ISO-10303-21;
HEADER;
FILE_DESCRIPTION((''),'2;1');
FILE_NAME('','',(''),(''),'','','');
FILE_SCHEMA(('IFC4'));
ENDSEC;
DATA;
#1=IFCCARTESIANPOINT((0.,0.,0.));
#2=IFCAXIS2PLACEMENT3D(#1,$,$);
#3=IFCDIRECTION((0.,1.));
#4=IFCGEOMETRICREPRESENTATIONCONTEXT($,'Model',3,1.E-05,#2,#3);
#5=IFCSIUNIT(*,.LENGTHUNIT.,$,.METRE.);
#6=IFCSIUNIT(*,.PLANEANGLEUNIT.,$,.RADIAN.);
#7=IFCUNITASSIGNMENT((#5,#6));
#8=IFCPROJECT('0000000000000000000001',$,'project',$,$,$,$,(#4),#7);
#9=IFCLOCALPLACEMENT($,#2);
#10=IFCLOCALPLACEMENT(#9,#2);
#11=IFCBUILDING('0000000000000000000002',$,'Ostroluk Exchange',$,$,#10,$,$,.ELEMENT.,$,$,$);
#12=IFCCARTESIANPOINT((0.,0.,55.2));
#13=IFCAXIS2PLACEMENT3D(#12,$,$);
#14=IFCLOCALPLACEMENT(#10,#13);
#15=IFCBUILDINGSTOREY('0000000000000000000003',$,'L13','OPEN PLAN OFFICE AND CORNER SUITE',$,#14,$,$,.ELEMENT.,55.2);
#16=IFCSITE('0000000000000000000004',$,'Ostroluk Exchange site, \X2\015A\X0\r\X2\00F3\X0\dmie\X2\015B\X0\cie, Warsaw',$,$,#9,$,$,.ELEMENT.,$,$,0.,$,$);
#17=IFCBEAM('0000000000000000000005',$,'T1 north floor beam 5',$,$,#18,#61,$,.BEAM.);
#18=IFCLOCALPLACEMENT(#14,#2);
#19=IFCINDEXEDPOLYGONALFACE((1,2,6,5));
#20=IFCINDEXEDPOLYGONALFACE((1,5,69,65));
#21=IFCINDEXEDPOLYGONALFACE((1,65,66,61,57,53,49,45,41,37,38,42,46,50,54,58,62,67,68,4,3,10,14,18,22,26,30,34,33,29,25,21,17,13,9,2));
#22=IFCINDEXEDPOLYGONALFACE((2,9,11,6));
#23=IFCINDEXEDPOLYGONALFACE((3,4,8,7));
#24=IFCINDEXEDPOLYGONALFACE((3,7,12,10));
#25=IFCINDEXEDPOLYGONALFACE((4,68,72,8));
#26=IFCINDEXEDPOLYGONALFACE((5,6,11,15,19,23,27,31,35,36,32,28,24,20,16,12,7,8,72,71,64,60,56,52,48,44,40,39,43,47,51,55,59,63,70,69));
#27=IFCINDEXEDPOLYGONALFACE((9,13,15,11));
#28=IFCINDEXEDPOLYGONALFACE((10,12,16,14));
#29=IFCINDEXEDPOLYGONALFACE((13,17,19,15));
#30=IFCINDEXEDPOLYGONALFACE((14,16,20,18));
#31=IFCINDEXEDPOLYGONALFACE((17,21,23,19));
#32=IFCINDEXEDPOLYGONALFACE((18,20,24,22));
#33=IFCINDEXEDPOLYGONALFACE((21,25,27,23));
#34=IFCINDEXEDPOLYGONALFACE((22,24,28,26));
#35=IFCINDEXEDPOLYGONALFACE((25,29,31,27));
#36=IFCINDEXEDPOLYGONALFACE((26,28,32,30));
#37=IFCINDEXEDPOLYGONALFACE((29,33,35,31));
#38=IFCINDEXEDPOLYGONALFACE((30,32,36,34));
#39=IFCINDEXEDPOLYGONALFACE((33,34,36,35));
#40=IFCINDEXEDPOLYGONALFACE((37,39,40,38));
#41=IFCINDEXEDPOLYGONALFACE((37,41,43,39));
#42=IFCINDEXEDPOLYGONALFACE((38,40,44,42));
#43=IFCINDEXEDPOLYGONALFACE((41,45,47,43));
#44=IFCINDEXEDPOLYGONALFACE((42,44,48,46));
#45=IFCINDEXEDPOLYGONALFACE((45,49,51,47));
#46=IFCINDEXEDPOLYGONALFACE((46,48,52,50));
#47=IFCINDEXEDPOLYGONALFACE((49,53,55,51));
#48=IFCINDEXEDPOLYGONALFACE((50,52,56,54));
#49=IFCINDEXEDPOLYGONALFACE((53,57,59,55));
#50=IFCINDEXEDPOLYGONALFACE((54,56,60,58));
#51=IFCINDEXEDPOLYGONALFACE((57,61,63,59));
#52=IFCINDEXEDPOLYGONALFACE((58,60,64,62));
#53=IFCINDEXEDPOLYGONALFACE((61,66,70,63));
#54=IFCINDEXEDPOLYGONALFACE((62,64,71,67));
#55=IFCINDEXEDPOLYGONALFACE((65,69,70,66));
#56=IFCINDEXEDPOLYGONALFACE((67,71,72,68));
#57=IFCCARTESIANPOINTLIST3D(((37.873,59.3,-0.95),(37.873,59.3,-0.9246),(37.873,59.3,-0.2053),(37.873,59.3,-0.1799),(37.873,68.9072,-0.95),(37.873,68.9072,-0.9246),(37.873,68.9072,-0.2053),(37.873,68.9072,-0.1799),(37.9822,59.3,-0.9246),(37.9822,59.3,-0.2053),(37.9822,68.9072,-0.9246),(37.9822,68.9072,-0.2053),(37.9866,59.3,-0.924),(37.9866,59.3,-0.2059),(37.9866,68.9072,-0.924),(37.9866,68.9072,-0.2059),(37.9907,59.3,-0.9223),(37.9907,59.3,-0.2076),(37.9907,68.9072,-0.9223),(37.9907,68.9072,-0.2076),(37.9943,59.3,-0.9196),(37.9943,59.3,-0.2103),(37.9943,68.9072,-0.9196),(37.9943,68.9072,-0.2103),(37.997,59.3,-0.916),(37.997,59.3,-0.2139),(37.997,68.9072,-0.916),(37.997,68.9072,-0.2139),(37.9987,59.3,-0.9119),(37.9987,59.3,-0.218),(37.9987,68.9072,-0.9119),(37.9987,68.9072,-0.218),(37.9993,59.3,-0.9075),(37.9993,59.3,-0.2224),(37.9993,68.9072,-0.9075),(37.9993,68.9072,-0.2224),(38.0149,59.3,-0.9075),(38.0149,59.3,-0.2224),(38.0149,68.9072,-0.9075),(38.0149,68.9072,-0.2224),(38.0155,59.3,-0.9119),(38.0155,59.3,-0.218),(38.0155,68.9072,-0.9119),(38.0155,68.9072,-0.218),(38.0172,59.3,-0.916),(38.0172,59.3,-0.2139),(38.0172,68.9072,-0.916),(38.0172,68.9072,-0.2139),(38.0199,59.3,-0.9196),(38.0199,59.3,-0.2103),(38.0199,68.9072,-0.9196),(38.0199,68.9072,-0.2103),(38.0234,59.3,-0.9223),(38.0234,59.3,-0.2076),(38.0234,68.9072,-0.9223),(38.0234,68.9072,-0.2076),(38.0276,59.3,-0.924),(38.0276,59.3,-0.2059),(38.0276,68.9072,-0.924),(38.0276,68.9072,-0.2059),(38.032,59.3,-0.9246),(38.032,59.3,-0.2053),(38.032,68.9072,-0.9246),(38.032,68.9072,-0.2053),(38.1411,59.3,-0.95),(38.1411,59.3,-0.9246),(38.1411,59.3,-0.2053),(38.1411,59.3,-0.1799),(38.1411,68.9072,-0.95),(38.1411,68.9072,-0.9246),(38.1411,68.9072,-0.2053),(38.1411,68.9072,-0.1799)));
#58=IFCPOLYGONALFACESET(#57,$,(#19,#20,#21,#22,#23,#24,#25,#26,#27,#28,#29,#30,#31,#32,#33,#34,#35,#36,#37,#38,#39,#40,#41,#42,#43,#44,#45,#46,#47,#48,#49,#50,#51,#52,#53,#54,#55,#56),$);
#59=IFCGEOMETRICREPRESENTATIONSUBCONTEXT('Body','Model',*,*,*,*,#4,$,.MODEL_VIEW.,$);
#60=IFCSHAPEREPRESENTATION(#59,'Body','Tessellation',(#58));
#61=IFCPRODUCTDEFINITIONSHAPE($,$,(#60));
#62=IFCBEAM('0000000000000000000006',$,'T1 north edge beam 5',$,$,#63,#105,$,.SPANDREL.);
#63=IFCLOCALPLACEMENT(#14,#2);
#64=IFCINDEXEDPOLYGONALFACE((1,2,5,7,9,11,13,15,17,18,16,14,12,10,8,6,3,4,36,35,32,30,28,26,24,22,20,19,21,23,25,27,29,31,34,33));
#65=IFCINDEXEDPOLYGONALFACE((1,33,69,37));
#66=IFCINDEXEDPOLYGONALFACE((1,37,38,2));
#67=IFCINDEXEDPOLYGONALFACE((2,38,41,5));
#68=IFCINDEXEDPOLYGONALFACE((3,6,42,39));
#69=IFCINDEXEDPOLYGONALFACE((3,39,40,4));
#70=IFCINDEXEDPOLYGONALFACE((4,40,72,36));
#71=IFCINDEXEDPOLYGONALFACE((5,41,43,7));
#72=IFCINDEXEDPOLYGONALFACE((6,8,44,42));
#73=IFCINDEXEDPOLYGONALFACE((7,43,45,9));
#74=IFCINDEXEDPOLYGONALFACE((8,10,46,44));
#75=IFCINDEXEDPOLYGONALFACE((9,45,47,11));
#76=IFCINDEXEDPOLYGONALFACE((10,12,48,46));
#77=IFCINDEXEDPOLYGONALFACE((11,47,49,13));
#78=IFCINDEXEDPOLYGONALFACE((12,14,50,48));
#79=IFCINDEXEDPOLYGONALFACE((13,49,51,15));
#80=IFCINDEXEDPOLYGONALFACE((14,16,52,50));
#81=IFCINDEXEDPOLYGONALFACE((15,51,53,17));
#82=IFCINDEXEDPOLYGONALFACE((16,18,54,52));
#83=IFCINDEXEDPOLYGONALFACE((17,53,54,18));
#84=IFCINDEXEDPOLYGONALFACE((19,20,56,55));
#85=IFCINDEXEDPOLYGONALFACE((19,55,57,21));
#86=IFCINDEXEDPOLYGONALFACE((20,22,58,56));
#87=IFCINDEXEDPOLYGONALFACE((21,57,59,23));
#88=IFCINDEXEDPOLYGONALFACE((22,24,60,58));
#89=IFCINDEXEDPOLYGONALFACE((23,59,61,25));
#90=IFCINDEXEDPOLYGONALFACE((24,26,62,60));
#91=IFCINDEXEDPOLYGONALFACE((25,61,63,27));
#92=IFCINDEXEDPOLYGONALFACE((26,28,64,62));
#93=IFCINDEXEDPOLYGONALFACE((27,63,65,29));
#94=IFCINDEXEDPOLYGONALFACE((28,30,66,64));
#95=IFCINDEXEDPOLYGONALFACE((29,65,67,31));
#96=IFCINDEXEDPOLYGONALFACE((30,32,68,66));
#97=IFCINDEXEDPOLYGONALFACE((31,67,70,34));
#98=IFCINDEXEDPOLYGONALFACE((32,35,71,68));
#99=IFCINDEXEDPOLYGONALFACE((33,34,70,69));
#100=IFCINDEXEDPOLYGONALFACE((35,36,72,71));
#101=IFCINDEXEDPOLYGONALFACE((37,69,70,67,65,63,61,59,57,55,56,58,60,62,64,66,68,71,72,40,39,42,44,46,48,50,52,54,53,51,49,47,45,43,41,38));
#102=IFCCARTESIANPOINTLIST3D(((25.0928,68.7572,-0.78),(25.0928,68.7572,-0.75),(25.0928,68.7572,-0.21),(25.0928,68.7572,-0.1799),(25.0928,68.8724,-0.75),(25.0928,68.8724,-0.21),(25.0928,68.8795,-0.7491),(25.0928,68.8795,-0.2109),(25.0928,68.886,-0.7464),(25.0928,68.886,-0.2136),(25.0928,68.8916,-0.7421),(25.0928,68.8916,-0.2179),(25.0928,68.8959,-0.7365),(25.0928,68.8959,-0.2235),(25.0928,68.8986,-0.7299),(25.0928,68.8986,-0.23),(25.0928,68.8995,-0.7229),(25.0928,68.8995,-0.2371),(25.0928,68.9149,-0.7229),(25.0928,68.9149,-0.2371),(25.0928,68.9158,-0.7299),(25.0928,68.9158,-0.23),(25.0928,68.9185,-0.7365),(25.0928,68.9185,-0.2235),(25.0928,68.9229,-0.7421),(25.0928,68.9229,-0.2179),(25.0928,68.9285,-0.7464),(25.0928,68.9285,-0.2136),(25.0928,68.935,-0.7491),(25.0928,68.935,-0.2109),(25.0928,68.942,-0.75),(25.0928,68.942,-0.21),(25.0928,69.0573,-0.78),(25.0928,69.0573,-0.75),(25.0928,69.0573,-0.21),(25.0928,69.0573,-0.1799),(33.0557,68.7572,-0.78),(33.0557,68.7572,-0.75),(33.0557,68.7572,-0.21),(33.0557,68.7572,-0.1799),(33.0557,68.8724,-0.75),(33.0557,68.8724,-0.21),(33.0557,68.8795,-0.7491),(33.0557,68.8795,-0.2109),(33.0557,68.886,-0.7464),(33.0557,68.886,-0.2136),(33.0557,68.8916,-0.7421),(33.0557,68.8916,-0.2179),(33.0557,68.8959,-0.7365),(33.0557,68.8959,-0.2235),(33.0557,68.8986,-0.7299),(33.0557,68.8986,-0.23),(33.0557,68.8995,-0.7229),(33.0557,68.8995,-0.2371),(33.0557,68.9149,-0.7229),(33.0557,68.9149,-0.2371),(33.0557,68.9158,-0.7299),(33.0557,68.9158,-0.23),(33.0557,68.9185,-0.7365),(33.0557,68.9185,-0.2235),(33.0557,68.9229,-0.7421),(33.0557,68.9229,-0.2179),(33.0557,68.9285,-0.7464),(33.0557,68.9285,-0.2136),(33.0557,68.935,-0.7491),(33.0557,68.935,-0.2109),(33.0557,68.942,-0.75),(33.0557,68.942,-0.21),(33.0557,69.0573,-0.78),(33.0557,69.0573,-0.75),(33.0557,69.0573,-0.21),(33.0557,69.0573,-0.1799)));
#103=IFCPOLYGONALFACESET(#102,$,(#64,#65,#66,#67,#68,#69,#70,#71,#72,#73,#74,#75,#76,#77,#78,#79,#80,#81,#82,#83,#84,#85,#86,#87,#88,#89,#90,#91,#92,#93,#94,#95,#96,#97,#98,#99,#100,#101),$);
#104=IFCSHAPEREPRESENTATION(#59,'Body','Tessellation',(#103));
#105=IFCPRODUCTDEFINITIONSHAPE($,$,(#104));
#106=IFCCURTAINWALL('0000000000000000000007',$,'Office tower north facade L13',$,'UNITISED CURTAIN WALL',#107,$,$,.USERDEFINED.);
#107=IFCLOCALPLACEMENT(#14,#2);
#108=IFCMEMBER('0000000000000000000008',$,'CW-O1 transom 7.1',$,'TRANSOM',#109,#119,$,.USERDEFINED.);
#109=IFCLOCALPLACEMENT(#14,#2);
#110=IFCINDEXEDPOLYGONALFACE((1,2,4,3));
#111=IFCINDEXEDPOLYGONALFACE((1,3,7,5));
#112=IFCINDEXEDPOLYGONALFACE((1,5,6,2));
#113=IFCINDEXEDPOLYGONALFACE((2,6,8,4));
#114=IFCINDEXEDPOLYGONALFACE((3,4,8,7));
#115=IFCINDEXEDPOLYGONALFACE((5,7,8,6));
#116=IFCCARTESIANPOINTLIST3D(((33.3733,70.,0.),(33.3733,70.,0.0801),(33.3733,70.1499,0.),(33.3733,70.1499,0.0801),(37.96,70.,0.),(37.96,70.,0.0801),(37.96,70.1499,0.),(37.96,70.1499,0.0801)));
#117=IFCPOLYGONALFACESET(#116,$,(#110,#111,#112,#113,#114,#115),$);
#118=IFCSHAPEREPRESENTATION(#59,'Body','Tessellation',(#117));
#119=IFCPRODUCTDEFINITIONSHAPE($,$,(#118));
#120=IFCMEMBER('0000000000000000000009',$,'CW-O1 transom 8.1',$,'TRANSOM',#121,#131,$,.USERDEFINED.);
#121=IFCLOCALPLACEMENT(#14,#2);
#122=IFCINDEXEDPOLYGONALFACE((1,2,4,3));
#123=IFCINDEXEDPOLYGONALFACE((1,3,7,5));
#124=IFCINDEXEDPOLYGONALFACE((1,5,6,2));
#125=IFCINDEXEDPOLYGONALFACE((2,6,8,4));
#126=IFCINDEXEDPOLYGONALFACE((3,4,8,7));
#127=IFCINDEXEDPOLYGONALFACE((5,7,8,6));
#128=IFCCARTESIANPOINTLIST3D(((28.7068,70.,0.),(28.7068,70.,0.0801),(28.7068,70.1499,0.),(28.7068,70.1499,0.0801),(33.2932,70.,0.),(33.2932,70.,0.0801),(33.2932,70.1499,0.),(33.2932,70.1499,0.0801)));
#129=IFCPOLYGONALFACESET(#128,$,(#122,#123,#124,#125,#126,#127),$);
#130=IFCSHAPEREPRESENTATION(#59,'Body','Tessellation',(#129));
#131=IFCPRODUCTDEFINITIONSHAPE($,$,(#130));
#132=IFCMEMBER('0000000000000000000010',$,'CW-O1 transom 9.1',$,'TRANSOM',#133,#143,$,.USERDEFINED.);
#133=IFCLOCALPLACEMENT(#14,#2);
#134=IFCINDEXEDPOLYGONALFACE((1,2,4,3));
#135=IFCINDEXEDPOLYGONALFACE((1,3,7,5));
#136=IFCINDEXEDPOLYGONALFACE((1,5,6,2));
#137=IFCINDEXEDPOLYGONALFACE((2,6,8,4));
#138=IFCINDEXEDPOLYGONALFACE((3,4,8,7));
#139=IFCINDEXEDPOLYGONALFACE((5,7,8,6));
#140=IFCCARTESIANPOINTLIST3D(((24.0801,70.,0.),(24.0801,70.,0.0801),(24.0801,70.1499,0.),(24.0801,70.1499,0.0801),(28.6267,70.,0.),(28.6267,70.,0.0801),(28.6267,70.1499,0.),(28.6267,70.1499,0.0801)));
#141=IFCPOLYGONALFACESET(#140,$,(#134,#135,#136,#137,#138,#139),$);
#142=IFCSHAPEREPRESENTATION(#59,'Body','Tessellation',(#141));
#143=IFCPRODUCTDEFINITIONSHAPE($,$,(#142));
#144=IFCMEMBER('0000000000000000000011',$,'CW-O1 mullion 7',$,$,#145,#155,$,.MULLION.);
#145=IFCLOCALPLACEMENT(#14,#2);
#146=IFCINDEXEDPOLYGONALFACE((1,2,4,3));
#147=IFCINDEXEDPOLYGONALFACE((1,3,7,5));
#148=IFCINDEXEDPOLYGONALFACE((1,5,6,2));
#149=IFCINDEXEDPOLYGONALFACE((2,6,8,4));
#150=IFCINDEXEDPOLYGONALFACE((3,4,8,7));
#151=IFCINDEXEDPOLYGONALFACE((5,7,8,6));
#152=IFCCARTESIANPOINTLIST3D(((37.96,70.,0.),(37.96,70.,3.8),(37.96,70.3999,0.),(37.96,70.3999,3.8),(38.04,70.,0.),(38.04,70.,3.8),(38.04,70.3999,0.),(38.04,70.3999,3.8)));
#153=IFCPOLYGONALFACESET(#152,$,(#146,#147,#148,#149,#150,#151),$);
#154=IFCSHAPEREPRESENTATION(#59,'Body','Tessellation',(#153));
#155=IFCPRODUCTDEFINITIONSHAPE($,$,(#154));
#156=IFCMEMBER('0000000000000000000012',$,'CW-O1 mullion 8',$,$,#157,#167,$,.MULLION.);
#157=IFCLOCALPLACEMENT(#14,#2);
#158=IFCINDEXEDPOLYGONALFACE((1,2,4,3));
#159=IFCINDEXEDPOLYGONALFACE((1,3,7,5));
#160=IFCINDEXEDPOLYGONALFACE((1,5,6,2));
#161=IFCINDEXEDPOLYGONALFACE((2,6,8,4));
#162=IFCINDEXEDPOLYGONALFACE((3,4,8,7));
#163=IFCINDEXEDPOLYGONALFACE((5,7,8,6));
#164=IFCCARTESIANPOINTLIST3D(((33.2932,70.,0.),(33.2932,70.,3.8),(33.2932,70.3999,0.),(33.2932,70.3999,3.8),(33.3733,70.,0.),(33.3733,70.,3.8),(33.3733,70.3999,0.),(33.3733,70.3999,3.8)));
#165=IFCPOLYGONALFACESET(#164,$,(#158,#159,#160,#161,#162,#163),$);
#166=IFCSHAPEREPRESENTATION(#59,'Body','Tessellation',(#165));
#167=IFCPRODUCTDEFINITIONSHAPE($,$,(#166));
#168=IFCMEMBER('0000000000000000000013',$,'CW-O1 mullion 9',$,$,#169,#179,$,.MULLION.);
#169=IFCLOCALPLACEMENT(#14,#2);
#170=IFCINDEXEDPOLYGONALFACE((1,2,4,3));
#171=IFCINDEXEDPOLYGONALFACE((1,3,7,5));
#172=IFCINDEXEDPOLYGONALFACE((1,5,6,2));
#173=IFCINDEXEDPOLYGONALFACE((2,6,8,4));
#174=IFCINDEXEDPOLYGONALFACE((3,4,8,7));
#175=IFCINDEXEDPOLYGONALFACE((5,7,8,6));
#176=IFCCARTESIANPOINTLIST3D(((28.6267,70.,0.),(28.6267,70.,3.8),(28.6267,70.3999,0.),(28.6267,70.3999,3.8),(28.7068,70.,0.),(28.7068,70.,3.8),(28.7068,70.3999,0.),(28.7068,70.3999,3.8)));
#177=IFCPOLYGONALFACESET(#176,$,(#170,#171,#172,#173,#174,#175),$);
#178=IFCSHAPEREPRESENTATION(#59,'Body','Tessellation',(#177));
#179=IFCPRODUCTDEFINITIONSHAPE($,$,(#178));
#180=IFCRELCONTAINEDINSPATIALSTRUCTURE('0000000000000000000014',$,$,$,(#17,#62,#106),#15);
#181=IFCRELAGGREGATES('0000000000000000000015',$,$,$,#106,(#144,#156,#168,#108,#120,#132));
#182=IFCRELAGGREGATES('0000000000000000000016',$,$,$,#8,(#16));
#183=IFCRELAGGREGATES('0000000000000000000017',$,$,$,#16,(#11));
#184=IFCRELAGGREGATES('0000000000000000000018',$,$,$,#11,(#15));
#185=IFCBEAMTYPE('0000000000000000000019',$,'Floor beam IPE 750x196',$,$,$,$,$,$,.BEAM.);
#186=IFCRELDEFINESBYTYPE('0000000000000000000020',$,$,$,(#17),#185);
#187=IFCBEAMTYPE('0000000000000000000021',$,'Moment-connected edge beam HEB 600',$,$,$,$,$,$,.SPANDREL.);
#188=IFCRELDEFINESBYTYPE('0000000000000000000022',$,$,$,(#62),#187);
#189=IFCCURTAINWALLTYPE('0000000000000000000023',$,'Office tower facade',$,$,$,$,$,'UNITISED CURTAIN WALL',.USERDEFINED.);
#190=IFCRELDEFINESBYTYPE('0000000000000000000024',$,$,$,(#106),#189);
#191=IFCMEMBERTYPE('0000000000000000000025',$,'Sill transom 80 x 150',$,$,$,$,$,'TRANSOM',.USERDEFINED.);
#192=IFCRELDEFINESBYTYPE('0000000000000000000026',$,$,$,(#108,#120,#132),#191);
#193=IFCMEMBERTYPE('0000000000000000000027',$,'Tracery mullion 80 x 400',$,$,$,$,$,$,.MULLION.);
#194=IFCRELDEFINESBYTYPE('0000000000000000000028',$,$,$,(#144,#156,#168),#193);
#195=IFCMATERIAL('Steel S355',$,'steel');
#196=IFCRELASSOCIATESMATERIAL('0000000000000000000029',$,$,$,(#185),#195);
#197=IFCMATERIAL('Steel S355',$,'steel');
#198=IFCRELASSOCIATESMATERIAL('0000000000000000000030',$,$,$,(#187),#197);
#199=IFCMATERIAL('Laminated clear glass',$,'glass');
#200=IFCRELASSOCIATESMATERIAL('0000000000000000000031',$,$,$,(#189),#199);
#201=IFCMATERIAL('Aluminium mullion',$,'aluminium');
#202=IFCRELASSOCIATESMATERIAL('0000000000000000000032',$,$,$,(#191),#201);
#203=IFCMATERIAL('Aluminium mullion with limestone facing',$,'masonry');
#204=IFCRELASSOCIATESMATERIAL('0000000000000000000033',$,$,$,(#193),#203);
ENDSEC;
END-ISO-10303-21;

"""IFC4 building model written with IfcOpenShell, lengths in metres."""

from ifc_helpers import new_model, si_unit, direction, frame, origin, origin_2d, place, context, subcontext, project, spatial, rectangle, i_section, extrude, material, material_profile, profile_set, type_object, element, aggregate, save


model = new_model("IFC4")

# Units and contexts
model_context = context("Model", 3, precision=1e-05, world=origin(), true_north=direction((0.0, 1.0)))
body_context = subcontext(model_context, "Body", "Model", "MODEL_VIEW")
ifc_project = project(units=[si_unit("LENGTHUNIT", "METRE"), si_unit("PLANEANGLEUNIT", "RADIAN")], contexts=[model_context])

# Site, building, storey
site_placement = place(None, origin())
site = spatial("IfcSite", under=ifc_project, at=site_placement, Name="Ostroluk Exchange site, Śródmieście, Warsaw", CompositionType="ELEMENT", RefElevation=0.0)
building_placement = place(site_placement, origin())
building = spatial("IfcBuilding", under=site, at=building_placement, Name="Ostroluk Exchange", CompositionType="ELEMENT")
storey_placement = place(building_placement, frame((0.0, 0.0, 55.2)))
storey = spatial("IfcBuildingStorey", under=building, at=storey_placement, Name="L13", Description="OPEN PLAN OFFICE AND CORNER SUITE", CompositionType="ELEMENT", Elevation=55.2)

# Beams
ifc_material_1 = material(Name="Steel S355", Category="steel")
ifc_material_profile_1 = material_profile(ifc_material_1, i_section(OverallWidth=0.2681, OverallDepth=0.77, WebThickness=0.0156, FlangeThickness=0.0254, FilletRadius=0.0171, at=origin_2d()), Name="IPE 750x196")
ifc_profile_set_1 = profile_set([ifc_material_profile_1], Name="Steel S355")
beam_type_1 = type_object("IfcBeamType", Name="Floor beam IPE 750x196", PredefinedType="BEAM", material=ifc_profile_set_1)
beam_1_placement = place(storey_placement, frame((38.0071, 59.3, -0.5649), z_axis=(0.0, 1.0, 0.0), x_axis=(-1.0, 0.0, 0.0)))
element("IfcBeam", 1, at=beam_1_placement, inside=storey, type_object=beam_type_1, Name="T1 north floor beam 5", PredefinedType="BEAM", context=body_context, shape_type="SweptSolid", body=[
    extrude(i_section(OverallWidth=0.2681, OverallDepth=0.77, WebThickness=0.0156, FlangeThickness=0.0254, FilletRadius=0.0171, at=origin_2d()), origin(), (0.0, 0.0, 1.0), 9.6072),
])
ifc_material_2 = material(Name="Steel S355", Category="steel")
ifc_material_profile_2 = material_profile(ifc_material_2, i_section(OverallWidth=0.3, OverallDepth=0.6001, WebThickness=0.0154, FlangeThickness=0.03, FilletRadius=0.0271, at=origin_2d()), Name="HEB 600")
ifc_profile_set_2 = profile_set([ifc_material_profile_2], Name="Steel S355")
beam_type_2 = type_object("IfcBeamType", Name="Moment-connected edge beam HEB 600", PredefinedType="SPANDREL", material=ifc_profile_set_2)
beam_2_placement = place(storey_placement, frame((33.0557, 68.9072, -0.48), z_axis=(-1.0, 0.0, 0.0), x_axis=(0.0, -1.0, 0.0)))
element("IfcBeam", 2, at=beam_2_placement, inside=storey, type_object=beam_type_2, Name="T1 north edge beam 5", PredefinedType="SPANDREL", context=body_context, shape_type="SweptSolid", body=[
    extrude(i_section(OverallWidth=0.3, OverallDepth=0.6001, WebThickness=0.0154, FlangeThickness=0.03, FilletRadius=0.0271, at=origin_2d()), origin(), (0.0, 0.0, 1.0), 7.9629),
])

# Curtain wall, members
ifc_material_3 = material(Name="Laminated clear glass", Category="glass")
curtain_wall_type = type_object("IfcCurtainWallType", Name="Office tower facade", ElementType="UNITISED CURTAIN WALL", PredefinedType="USERDEFINED", material=ifc_material_3)
curtain_wall_placement = place(storey_placement, origin())
curtain_wall = element("IfcCurtainWall", 3, at=curtain_wall_placement, inside=storey, type_object=curtain_wall_type, Name="Office tower north facade L13", ObjectType="UNITISED CURTAIN WALL", PredefinedType="USERDEFINED")
ifc_material_4 = material(Name="Aluminium mullion", Category="aluminium")
ifc_material_profile_3 = material_profile(ifc_material_4, rectangle(XDim=0.1499, YDim=0.0801, at=origin_2d()), Name="Sill transom 80 x 150")
ifc_profile_set_3 = profile_set([ifc_material_profile_3], Name="Aluminium mullion")
member_type_1 = type_object("IfcMemberType", Name="Sill transom 80 x 150", ElementType="TRANSOM", PredefinedType="USERDEFINED", material=ifc_profile_set_3)
member_1_placement = place(storey_placement, frame((37.96, 70.075, 0.04), z_axis=(-1.0, 0.0, 0.0), x_axis=(0.0, -1.0, 0.0)))
member_1 = element("IfcMember", 4, at=member_1_placement, type_object=member_type_1, Name="CW-O1 transom 7.1", ObjectType="TRANSOM", PredefinedType="USERDEFINED", context=body_context, shape_type="SweptSolid", body=[
    extrude(rectangle(XDim=0.1499, YDim=0.0801, at=origin_2d()), origin(), (0.0, 0.0, 1.0), 4.5867),
])
member_2_placement = place(storey_placement, frame((33.2932, 70.075, 0.04), z_axis=(-1.0, 0.0, 0.0), x_axis=(0.0, -1.0, 0.0)))
member_2 = element("IfcMember", 5, at=member_2_placement, type_object=member_type_1, Name="CW-O1 transom 8.1", ObjectType="TRANSOM", PredefinedType="USERDEFINED", context=body_context, shape_type="SweptSolid", body=[
    extrude(rectangle(XDim=0.1499, YDim=0.0801, at=origin_2d()), origin(), (0.0, 0.0, 1.0), 4.5864),
])
member_3_placement = place(storey_placement, frame((28.6267, 70.075, 0.04), z_axis=(-1.0, 0.0, 0.0), x_axis=(0.0, -1.0, 0.0)))
member_3 = element("IfcMember", 6, at=member_3_placement, type_object=member_type_1, Name="CW-O1 transom 9.1", ObjectType="TRANSOM", PredefinedType="USERDEFINED", context=body_context, shape_type="SweptSolid", body=[
    extrude(rectangle(XDim=0.1499, YDim=0.0801, at=origin_2d()), origin(), (0.0, 0.0, 1.0), 4.5466),
])
ifc_material_5 = material(Name="Aluminium mullion with limestone facing", Category="masonry")
ifc_material_profile_4 = material_profile(ifc_material_5, rectangle(XDim=0.3999, YDim=0.0801, at=origin_2d()), Name="Tracery mullion 80 x 400")
ifc_profile_set_4 = profile_set([ifc_material_profile_4], Name="Aluminium mullion with limestone facing")
member_type_2 = type_object("IfcMemberType", Name="Tracery mullion 80 x 400", PredefinedType="MULLION", material=ifc_profile_set_4)
member_4_placement = place(storey_placement, frame((38.0, 70.2, 0.0), z_axis=(0.0, 0.0, 1.0), x_axis=(0.0, -1.0, 0.0)))
member_4 = element("IfcMember", 7, at=member_4_placement, type_object=member_type_2, Name="CW-O1 mullion 7", PredefinedType="MULLION", context=body_context, shape_type="SweptSolid", body=[
    extrude(rectangle(XDim=0.3999, YDim=0.0801, at=origin_2d()), origin(), (0.0, 0.0, 1.0), 3.8),
])
member_5_placement = place(storey_placement, frame((33.3333, 70.2, 0.0), z_axis=(0.0, 0.0, 1.0), x_axis=(0.0, -1.0, 0.0)))
member_5 = element("IfcMember", 8, at=member_5_placement, type_object=member_type_2, Name="CW-O1 mullion 8", PredefinedType="MULLION", context=body_context, shape_type="SweptSolid", body=[
    extrude(rectangle(XDim=0.3999, YDim=0.0801, at=origin_2d()), origin(), (0.0, 0.0, 1.0), 3.8),
])
member_6_placement = place(storey_placement, frame((28.6667, 70.2, 0.0), z_axis=(0.0, 0.0, 1.0), x_axis=(0.0, -1.0, 0.0)))
member_6 = element("IfcMember", 9, at=member_6_placement, type_object=member_type_2, Name="CW-O1 mullion 9", PredefinedType="MULLION", context=body_context, shape_type="SweptSolid", body=[
    extrude(rectangle(XDim=0.3999, YDim=0.0801, at=origin_2d()), origin(), (0.0, 0.0, 1.0), 3.8),
])
aggregate(curtain_wall, [member_4, member_5, member_6, member_1, member_2, member_3])

save(model, "model.ifc")
